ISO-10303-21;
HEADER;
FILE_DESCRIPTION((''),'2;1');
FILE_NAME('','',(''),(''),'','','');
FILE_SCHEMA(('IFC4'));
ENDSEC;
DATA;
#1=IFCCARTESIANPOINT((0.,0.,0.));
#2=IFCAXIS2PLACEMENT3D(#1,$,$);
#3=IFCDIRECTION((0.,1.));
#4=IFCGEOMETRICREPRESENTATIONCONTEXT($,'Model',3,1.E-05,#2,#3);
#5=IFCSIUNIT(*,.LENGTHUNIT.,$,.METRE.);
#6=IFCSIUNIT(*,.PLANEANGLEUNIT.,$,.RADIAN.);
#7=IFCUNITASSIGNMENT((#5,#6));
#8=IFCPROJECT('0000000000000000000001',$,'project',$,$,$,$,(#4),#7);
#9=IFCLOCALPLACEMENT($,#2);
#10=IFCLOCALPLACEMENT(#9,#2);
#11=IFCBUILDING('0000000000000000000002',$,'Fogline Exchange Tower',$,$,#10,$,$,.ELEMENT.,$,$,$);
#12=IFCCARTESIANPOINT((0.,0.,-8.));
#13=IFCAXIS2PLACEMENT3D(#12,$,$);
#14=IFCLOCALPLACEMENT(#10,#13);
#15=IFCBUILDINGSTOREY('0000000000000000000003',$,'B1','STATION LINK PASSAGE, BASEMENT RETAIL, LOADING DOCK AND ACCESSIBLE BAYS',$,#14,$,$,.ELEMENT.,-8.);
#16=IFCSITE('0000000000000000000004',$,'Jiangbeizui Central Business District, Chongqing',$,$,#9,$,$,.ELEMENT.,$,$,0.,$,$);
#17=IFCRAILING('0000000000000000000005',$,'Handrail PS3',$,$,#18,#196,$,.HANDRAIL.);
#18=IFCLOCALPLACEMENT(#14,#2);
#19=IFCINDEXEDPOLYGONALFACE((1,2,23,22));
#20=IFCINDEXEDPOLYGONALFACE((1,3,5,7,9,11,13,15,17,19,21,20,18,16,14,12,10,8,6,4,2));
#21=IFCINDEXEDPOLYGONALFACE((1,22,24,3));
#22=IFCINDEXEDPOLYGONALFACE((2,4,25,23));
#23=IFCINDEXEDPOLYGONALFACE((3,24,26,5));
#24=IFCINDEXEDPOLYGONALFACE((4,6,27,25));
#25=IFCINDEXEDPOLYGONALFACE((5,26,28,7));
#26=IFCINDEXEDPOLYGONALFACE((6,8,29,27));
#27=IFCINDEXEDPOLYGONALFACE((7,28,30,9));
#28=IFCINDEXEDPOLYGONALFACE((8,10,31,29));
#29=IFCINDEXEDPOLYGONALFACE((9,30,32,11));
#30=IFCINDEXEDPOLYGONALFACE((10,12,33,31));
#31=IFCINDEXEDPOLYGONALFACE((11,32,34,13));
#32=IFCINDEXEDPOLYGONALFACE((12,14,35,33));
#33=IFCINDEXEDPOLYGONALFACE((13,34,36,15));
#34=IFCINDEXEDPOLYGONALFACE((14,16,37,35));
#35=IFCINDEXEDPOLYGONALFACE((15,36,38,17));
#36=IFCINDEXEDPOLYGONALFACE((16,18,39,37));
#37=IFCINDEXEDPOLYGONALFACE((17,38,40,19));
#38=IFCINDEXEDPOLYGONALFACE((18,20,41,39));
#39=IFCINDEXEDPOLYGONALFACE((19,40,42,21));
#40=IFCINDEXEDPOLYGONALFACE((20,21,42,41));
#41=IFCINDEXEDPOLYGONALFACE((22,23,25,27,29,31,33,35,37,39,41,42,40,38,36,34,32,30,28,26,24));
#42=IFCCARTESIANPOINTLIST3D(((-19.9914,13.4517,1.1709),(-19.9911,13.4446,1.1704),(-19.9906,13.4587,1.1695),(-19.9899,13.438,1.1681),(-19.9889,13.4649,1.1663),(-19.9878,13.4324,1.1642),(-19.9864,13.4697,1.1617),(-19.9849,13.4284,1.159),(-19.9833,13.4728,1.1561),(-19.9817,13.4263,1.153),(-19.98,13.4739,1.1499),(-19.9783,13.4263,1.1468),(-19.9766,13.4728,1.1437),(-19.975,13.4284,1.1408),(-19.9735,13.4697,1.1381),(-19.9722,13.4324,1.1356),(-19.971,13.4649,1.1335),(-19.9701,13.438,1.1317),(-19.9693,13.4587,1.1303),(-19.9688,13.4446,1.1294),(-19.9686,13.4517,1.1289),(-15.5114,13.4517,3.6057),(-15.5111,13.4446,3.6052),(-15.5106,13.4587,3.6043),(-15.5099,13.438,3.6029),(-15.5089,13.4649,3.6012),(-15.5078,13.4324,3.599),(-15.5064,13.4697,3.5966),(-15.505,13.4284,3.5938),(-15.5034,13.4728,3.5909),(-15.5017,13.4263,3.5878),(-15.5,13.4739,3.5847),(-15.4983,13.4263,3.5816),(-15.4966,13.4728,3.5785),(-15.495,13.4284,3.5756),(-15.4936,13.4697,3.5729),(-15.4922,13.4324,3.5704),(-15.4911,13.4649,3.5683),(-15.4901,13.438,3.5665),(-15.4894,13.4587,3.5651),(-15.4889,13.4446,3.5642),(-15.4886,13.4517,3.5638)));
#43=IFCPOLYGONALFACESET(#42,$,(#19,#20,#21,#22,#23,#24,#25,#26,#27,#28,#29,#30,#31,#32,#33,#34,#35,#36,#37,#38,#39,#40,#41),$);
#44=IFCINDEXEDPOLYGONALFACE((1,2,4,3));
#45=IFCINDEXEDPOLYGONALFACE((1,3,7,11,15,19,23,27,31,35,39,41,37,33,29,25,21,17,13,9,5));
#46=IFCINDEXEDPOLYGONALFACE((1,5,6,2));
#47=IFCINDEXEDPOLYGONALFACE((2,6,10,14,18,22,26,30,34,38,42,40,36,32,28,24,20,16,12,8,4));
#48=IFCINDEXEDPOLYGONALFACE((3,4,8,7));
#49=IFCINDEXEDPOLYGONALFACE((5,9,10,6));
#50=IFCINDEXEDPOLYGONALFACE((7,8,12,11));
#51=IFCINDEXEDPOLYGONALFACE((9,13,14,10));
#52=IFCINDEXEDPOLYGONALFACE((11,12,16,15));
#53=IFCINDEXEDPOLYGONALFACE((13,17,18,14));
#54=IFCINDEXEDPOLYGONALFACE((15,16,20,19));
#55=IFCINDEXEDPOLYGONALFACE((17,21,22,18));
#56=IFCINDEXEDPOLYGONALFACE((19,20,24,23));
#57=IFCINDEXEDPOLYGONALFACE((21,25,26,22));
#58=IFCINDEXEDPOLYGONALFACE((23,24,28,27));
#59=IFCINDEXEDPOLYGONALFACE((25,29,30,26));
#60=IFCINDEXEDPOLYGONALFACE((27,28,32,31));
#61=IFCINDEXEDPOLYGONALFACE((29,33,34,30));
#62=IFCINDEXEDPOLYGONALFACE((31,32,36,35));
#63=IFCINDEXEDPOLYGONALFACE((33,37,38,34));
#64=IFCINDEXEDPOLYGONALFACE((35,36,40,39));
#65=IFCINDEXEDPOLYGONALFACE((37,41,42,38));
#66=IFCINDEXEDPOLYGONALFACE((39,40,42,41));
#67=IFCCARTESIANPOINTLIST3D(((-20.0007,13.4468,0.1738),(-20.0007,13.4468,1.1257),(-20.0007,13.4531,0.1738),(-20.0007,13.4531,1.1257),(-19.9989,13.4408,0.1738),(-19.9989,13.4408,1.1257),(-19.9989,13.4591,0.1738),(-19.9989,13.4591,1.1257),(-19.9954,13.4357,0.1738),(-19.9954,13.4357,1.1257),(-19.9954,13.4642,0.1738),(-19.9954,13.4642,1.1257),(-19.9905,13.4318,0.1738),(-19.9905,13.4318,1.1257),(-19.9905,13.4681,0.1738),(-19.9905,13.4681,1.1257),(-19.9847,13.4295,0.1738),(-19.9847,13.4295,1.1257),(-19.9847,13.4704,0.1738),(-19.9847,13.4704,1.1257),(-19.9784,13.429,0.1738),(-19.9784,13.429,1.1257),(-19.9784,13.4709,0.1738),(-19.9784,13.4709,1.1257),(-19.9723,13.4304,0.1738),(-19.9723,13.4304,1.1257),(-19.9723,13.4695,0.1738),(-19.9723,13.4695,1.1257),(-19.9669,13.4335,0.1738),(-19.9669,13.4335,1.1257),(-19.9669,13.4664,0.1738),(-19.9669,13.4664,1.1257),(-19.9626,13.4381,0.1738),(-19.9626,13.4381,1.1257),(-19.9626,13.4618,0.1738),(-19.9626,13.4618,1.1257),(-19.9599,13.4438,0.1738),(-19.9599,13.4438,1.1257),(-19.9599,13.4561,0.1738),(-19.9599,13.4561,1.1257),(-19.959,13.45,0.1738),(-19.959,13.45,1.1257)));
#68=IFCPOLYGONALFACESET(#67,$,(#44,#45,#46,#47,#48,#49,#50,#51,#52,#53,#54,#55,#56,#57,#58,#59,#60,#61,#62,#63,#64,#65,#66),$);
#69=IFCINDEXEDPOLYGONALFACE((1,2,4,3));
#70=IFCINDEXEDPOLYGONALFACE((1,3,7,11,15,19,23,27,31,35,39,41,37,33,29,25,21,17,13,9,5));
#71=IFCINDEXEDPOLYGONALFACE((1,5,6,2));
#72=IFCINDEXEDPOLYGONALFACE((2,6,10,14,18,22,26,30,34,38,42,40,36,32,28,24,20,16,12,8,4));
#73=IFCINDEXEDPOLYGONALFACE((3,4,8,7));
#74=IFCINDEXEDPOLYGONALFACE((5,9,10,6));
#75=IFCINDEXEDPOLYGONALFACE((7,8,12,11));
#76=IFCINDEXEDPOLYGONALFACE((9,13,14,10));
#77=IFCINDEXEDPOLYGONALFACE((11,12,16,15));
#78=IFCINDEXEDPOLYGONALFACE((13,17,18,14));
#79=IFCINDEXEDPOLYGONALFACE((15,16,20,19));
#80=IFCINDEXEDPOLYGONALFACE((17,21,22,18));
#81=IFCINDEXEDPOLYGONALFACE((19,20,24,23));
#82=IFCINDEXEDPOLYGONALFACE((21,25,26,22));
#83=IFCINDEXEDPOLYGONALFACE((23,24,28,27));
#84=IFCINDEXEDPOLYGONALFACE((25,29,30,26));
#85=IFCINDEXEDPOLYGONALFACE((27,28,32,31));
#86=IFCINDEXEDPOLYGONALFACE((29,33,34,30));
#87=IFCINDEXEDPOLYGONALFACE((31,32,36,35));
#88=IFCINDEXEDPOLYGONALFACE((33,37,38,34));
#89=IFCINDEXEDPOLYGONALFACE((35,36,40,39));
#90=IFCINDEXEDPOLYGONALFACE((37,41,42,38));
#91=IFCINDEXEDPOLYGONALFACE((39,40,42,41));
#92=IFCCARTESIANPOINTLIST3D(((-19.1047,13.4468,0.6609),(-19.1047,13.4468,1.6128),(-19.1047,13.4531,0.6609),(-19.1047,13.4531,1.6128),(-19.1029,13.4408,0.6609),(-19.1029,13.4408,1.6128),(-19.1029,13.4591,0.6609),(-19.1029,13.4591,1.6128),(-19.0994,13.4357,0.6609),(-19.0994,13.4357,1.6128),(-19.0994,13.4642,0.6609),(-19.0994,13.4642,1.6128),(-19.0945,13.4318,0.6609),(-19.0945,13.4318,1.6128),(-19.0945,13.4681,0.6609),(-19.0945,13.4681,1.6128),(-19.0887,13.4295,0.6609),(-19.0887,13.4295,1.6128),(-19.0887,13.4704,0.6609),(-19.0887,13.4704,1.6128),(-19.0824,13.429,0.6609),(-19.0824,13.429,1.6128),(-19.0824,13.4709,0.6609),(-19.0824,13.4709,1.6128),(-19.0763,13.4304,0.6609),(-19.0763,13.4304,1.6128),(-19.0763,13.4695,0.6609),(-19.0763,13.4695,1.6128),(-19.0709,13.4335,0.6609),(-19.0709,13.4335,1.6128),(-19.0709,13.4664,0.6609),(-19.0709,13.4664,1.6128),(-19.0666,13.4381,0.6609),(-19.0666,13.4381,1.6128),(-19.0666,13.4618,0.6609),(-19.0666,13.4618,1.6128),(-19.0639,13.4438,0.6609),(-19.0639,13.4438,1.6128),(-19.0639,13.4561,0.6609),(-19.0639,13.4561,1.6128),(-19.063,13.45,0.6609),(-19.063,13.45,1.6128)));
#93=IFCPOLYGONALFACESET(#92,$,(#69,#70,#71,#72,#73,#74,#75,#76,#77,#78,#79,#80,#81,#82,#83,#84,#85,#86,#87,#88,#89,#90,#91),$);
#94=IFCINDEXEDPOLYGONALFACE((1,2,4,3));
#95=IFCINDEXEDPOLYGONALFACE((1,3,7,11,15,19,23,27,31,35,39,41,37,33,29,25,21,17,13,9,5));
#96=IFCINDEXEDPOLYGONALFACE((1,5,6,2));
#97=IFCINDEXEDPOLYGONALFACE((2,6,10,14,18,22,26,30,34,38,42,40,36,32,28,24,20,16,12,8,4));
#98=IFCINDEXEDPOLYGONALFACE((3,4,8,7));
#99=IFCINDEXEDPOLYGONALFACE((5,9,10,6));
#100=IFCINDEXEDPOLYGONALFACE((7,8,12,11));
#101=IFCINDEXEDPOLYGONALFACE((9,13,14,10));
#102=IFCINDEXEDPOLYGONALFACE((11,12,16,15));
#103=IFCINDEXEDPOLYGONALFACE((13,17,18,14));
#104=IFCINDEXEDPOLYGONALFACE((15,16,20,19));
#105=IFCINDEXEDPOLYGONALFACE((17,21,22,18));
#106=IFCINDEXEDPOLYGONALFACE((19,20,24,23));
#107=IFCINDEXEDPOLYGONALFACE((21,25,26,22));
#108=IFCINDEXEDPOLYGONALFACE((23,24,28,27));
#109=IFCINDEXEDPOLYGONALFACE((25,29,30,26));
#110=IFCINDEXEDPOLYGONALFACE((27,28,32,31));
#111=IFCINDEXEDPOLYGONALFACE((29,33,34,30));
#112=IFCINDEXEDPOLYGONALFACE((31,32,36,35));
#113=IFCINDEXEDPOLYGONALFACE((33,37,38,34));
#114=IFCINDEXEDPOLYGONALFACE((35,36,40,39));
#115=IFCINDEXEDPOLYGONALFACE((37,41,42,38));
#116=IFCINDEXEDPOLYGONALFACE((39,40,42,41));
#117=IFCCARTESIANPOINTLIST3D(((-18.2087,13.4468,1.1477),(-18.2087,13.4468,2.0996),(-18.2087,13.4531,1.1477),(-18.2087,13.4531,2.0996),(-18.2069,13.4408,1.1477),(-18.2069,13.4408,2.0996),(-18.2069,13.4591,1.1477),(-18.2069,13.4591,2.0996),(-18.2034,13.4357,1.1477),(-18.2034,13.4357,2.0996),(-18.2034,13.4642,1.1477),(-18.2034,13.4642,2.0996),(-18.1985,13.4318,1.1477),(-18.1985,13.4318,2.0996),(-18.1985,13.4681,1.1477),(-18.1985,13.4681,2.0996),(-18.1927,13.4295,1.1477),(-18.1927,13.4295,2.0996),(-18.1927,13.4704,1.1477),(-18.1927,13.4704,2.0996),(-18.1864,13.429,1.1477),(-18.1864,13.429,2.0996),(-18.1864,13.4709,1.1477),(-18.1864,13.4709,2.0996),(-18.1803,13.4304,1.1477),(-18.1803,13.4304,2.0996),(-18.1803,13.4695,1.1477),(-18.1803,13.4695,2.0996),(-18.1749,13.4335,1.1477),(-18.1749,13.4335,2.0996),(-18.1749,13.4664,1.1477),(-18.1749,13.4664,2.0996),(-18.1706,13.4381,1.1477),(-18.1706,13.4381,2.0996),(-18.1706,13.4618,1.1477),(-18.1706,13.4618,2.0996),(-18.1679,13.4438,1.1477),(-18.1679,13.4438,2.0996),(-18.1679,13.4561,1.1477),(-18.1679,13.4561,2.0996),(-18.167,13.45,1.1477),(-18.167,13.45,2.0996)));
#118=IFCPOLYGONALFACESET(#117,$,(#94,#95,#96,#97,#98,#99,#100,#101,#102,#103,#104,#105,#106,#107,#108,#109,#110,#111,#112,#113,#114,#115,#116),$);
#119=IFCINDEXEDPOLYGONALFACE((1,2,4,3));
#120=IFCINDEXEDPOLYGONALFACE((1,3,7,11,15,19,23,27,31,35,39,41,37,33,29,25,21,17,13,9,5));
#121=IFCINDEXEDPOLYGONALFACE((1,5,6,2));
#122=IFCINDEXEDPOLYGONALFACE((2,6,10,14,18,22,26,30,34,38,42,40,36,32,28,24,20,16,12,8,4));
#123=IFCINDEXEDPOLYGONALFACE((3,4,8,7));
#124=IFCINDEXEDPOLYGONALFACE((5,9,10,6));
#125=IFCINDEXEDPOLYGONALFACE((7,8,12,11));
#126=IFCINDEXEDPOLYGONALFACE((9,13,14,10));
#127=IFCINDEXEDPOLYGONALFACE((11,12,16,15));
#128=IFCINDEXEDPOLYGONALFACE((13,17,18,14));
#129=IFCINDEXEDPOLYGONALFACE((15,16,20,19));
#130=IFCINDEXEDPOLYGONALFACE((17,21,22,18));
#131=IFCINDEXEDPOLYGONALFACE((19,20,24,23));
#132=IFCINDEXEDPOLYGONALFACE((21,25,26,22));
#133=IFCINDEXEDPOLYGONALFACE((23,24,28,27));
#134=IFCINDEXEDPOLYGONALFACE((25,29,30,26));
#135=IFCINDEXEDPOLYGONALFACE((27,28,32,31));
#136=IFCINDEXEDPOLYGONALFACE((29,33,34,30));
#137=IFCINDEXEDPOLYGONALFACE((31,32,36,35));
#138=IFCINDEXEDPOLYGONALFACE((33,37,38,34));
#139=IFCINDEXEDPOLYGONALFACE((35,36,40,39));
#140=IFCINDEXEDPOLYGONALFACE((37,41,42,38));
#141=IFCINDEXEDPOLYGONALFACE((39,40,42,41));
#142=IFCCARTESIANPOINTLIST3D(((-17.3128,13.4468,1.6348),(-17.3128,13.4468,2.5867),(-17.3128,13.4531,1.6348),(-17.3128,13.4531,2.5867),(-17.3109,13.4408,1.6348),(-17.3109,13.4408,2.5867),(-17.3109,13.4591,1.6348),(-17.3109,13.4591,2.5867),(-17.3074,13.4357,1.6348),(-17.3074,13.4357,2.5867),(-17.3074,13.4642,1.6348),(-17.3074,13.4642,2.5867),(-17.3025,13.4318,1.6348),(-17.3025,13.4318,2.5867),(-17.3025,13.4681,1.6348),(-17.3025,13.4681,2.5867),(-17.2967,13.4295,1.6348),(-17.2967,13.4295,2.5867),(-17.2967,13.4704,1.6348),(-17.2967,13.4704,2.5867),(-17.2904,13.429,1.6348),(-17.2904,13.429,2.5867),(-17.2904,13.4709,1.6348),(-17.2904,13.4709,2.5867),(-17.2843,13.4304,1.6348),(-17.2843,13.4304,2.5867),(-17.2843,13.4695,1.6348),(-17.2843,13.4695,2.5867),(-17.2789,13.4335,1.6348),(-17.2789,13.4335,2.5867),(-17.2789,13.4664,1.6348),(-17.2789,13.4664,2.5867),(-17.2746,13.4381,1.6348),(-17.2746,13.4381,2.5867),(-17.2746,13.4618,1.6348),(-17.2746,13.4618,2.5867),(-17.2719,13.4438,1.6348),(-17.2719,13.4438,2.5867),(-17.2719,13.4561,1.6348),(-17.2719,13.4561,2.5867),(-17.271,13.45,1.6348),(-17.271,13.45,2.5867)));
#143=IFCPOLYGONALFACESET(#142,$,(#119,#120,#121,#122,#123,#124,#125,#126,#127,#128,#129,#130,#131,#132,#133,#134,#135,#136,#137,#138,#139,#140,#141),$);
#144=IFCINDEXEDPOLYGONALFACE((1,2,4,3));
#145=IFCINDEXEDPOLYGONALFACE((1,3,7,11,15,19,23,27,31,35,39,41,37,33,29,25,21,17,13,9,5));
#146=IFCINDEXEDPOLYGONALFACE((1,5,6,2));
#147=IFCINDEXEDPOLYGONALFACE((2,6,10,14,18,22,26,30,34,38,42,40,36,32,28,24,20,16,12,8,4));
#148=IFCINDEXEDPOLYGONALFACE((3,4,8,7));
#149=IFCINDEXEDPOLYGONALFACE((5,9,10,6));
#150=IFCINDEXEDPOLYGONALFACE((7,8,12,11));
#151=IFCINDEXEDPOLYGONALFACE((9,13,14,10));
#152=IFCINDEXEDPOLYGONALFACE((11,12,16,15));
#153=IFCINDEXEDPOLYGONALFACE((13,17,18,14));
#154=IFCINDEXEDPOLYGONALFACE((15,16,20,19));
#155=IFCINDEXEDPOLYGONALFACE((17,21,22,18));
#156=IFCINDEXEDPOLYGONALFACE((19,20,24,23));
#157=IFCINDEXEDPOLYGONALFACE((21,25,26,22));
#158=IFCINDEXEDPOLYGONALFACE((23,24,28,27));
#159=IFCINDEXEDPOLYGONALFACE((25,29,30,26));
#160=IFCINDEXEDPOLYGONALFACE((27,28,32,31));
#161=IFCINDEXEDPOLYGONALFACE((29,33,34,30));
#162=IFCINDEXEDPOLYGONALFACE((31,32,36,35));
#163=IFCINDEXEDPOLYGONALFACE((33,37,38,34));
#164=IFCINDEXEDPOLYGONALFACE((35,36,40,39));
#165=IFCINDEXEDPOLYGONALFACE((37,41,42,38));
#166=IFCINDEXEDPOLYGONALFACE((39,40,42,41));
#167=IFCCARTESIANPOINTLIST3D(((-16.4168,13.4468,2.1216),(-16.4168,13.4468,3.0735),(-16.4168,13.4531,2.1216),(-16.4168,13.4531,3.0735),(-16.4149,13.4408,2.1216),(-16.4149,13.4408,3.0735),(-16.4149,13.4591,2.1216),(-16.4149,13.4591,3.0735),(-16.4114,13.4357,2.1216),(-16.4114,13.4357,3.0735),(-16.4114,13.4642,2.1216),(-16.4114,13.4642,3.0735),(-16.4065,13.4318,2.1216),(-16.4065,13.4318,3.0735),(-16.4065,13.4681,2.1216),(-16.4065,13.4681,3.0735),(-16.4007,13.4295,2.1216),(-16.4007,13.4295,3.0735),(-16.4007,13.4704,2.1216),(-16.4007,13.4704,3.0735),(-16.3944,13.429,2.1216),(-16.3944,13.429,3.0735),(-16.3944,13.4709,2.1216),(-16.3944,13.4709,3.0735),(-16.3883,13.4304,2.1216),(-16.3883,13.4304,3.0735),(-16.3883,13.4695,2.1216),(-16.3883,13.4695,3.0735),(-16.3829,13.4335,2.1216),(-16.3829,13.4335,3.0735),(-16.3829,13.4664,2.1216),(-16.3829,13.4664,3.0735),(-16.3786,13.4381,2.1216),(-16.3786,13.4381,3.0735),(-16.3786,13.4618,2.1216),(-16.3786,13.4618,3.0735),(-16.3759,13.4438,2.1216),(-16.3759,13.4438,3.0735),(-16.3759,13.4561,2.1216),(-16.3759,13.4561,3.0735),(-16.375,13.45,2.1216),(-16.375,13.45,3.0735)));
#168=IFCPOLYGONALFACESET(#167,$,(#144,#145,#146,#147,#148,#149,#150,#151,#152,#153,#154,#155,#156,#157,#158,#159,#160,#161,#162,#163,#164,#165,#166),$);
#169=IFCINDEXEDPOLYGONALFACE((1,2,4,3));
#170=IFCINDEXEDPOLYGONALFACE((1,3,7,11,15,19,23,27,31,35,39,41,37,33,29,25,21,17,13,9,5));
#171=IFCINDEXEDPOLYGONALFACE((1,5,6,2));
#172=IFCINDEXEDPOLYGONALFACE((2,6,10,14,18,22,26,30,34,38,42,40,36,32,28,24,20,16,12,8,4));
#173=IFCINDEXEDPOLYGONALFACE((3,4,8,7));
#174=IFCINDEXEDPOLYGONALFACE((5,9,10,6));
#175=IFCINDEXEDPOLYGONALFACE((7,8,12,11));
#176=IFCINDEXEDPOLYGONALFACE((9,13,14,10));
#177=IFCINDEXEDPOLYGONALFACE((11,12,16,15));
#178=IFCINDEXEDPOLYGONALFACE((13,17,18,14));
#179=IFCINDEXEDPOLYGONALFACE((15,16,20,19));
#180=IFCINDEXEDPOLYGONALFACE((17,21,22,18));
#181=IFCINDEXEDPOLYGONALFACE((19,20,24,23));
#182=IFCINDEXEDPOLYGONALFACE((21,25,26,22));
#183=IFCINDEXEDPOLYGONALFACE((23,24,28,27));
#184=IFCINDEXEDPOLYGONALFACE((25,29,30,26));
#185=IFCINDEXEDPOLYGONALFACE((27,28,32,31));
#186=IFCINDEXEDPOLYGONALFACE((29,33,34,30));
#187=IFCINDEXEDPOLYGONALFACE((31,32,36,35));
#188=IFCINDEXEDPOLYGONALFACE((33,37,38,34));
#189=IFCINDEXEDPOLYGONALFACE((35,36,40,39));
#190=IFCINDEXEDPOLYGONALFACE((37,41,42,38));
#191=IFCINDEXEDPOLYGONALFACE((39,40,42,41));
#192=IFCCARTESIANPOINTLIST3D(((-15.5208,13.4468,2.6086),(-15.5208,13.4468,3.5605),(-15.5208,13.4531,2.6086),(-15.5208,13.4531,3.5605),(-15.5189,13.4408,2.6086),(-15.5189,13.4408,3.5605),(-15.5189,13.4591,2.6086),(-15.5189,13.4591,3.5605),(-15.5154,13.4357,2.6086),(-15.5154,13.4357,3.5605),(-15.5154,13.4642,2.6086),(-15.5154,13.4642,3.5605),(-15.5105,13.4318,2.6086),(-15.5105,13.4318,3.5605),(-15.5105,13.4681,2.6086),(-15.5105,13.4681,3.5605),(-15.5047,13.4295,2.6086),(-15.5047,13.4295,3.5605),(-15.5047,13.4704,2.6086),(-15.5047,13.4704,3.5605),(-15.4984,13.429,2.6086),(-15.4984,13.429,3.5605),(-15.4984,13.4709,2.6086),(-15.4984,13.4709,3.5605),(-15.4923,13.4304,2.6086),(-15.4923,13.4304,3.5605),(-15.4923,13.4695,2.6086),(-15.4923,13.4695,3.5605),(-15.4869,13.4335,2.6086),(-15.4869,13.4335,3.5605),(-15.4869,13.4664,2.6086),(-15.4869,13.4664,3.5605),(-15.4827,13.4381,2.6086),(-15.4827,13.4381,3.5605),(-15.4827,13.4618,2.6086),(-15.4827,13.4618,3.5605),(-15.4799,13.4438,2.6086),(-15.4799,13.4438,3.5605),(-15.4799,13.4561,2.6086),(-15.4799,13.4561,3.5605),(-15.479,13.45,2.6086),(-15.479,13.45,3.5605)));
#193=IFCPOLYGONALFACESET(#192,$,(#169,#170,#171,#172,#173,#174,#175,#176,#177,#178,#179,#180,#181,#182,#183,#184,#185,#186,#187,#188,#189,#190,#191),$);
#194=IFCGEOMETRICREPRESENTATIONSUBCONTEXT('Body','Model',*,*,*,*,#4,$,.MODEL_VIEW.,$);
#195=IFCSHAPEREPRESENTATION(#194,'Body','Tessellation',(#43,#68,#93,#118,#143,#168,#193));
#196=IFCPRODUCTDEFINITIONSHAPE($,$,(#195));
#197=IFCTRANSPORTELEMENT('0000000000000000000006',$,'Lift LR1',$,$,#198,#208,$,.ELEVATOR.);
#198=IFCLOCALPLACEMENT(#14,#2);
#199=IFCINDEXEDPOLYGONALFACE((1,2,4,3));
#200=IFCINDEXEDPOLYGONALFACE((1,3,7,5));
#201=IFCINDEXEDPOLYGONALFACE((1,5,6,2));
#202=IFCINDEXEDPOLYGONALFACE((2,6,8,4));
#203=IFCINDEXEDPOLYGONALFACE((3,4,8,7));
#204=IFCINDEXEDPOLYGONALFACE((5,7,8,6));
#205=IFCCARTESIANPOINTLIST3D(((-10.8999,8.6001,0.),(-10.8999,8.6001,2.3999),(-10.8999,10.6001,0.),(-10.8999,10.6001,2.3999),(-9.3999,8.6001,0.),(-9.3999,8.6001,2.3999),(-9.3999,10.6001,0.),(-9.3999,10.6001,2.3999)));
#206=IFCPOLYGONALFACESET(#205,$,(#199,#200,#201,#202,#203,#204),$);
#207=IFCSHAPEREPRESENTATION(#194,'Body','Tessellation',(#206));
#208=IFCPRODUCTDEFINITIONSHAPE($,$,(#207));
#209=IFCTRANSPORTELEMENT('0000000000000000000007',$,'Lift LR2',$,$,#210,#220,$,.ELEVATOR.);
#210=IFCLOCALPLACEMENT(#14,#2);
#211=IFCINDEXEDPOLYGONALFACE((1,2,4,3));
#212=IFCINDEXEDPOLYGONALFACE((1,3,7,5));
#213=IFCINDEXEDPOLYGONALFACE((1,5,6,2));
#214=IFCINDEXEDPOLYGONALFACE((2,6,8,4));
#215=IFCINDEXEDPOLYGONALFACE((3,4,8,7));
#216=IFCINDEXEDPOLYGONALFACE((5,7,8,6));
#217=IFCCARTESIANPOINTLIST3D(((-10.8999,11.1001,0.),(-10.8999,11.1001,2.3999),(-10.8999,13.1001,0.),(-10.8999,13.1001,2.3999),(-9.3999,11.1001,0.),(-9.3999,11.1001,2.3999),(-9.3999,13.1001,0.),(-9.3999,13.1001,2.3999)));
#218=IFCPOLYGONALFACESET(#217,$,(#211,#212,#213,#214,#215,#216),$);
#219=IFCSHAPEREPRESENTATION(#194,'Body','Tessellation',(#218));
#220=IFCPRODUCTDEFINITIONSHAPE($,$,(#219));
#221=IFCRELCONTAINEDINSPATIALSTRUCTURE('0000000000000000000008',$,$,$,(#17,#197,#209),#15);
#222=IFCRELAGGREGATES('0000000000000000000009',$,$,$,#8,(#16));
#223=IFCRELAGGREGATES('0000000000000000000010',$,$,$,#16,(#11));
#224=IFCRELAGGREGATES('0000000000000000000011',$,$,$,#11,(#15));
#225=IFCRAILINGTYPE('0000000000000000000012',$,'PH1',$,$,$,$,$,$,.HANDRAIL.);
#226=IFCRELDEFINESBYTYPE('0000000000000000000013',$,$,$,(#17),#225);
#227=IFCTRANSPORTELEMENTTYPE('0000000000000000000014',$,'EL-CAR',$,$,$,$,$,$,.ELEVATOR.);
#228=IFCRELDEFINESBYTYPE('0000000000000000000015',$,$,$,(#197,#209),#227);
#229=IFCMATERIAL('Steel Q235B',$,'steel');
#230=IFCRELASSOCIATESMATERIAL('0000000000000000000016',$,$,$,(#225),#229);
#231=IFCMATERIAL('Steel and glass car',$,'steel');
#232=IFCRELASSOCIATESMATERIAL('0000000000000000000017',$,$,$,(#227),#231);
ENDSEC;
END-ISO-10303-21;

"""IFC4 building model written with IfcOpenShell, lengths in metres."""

from ifc_helpers import new_model, si_unit, direction, frame, origin, origin_2d, place, context, subcontext, project, spatial, rectangle, circle, extrude, material, type_object, element, save


model = new_model("IFC4")

# Units and contexts
model_context = context("Model", 3, precision=1e-05, world=origin(), true_north=direction((0.0, 1.0)))
body_context = subcontext(model_context, "Body", "Model", "MODEL_VIEW")
ifc_project = project(units=[si_unit("LENGTHUNIT", "METRE"), si_unit("PLANEANGLEUNIT", "RADIAN")], contexts=[model_context])

# Site, building, storey
site_placement = place(None, origin())
site = spatial("IfcSite", under=ifc_project, at=site_placement, Name="Jiangbeizui Central Business District, Chongqing", CompositionType="ELEMENT", RefElevation=0.0)
building_placement = place(site_placement, origin())
building = spatial("IfcBuilding", under=site, at=building_placement, Name="Fogline Exchange Tower", CompositionType="ELEMENT")
storey_placement = place(building_placement, frame((0.0, 0.0, -8.0)))
storey = spatial("IfcBuildingStorey", under=building, at=storey_placement, Name="B1", Description="STATION LINK PASSAGE, BASEMENT RETAIL, LOADING DOCK AND ACCESSIBLE BAYS", CompositionType="ELEMENT", Elevation=-8.0)

# Shared definitions
ifc_material_1 = material(Name="Steel Q235B", Category="steel")

# Railing
railing_type_1 = type_object("IfcRailingType", Name="PH1", PredefinedType="HANDRAIL", material=ifc_material_1)
railing_1_placement = place(storey_placement, frame((-19.98, 13.45, 0.1738)))
element("IfcRailing", 1, at=railing_1_placement, inside=storey, type_object=railing_type_1, Name="Handrail PS3", PredefinedType="HANDRAIL", context=body_context, shape_type="SweptSolid", body=[
    extrude(circle(Radius=0.0239, at=origin_2d()), frame((0.0, 0.0, 0.9761), z_axis=(0.878621, 0.0, 0.47752), x_axis=(0.0, 1.0, 0.0)), (0.0, 0.0, 1.0), 5.0989),
    extrude(circle(Radius=0.021, at=origin_2d()), origin(), (0.0, 0.0, 1.0), 0.9519),
    extrude(circle(Radius=0.021, at=origin_2d()), frame((0.896, 0.0, 0.4871)), (0.0, 0.0, 1.0), 0.9519),
    extrude(circle(Radius=0.021, at=origin_2d()), frame((1.792, 0.0, 0.9739)), (0.0, 0.0, 1.0), 0.9519),
    extrude(circle(Radius=0.021, at=origin_2d()), frame((2.688, 0.0, 1.4609)), (0.0, 0.0, 1.0), 0.9519),
    extrude(circle(Radius=0.021, at=origin_2d()), frame((3.584, 0.0, 1.9478)), (0.0, 0.0, 1.0), 0.9519),
    extrude(circle(Radius=0.021, at=origin_2d()), frame((4.48, 0.0, 2.4348)), (0.0, 0.0, 1.0), 0.9519),
])

# Transport elements
ifc_material_2 = material(Name="Steel and glass car", Category="steel")
transport_element_type = type_object("IfcTransportElementType", Name="EL-CAR", PredefinedType="ELEVATOR", material=ifc_material_2)
for number, where, z_axis, x_axis, name in (
    (2, (-10.1499, 9.6001, 0.0), (0.0, 0.0, 1.0), (1.0, 0.0, 0.0), "Lift LR1"),
    (3, (-10.1499, 12.1001, 0.0), (0.0, 0.0, 1.0), (1.0, 0.0, 0.0), "Lift LR2"),
):
    element("IfcTransportElement", number, at=place(storey_placement, frame(where, z_axis=z_axis, x_axis=x_axis)), inside=storey, type_object=transport_element_type, Name=name, PredefinedType="ELEVATOR", context=body_context, shape_type="SweptSolid", body=[
        extrude(rectangle(XDim=1.5, YDim=2.0, at=origin_2d()), origin(), (0.0, 0.0, 1.0), 2.3999),
    ])

save(model, "model.ifc")
